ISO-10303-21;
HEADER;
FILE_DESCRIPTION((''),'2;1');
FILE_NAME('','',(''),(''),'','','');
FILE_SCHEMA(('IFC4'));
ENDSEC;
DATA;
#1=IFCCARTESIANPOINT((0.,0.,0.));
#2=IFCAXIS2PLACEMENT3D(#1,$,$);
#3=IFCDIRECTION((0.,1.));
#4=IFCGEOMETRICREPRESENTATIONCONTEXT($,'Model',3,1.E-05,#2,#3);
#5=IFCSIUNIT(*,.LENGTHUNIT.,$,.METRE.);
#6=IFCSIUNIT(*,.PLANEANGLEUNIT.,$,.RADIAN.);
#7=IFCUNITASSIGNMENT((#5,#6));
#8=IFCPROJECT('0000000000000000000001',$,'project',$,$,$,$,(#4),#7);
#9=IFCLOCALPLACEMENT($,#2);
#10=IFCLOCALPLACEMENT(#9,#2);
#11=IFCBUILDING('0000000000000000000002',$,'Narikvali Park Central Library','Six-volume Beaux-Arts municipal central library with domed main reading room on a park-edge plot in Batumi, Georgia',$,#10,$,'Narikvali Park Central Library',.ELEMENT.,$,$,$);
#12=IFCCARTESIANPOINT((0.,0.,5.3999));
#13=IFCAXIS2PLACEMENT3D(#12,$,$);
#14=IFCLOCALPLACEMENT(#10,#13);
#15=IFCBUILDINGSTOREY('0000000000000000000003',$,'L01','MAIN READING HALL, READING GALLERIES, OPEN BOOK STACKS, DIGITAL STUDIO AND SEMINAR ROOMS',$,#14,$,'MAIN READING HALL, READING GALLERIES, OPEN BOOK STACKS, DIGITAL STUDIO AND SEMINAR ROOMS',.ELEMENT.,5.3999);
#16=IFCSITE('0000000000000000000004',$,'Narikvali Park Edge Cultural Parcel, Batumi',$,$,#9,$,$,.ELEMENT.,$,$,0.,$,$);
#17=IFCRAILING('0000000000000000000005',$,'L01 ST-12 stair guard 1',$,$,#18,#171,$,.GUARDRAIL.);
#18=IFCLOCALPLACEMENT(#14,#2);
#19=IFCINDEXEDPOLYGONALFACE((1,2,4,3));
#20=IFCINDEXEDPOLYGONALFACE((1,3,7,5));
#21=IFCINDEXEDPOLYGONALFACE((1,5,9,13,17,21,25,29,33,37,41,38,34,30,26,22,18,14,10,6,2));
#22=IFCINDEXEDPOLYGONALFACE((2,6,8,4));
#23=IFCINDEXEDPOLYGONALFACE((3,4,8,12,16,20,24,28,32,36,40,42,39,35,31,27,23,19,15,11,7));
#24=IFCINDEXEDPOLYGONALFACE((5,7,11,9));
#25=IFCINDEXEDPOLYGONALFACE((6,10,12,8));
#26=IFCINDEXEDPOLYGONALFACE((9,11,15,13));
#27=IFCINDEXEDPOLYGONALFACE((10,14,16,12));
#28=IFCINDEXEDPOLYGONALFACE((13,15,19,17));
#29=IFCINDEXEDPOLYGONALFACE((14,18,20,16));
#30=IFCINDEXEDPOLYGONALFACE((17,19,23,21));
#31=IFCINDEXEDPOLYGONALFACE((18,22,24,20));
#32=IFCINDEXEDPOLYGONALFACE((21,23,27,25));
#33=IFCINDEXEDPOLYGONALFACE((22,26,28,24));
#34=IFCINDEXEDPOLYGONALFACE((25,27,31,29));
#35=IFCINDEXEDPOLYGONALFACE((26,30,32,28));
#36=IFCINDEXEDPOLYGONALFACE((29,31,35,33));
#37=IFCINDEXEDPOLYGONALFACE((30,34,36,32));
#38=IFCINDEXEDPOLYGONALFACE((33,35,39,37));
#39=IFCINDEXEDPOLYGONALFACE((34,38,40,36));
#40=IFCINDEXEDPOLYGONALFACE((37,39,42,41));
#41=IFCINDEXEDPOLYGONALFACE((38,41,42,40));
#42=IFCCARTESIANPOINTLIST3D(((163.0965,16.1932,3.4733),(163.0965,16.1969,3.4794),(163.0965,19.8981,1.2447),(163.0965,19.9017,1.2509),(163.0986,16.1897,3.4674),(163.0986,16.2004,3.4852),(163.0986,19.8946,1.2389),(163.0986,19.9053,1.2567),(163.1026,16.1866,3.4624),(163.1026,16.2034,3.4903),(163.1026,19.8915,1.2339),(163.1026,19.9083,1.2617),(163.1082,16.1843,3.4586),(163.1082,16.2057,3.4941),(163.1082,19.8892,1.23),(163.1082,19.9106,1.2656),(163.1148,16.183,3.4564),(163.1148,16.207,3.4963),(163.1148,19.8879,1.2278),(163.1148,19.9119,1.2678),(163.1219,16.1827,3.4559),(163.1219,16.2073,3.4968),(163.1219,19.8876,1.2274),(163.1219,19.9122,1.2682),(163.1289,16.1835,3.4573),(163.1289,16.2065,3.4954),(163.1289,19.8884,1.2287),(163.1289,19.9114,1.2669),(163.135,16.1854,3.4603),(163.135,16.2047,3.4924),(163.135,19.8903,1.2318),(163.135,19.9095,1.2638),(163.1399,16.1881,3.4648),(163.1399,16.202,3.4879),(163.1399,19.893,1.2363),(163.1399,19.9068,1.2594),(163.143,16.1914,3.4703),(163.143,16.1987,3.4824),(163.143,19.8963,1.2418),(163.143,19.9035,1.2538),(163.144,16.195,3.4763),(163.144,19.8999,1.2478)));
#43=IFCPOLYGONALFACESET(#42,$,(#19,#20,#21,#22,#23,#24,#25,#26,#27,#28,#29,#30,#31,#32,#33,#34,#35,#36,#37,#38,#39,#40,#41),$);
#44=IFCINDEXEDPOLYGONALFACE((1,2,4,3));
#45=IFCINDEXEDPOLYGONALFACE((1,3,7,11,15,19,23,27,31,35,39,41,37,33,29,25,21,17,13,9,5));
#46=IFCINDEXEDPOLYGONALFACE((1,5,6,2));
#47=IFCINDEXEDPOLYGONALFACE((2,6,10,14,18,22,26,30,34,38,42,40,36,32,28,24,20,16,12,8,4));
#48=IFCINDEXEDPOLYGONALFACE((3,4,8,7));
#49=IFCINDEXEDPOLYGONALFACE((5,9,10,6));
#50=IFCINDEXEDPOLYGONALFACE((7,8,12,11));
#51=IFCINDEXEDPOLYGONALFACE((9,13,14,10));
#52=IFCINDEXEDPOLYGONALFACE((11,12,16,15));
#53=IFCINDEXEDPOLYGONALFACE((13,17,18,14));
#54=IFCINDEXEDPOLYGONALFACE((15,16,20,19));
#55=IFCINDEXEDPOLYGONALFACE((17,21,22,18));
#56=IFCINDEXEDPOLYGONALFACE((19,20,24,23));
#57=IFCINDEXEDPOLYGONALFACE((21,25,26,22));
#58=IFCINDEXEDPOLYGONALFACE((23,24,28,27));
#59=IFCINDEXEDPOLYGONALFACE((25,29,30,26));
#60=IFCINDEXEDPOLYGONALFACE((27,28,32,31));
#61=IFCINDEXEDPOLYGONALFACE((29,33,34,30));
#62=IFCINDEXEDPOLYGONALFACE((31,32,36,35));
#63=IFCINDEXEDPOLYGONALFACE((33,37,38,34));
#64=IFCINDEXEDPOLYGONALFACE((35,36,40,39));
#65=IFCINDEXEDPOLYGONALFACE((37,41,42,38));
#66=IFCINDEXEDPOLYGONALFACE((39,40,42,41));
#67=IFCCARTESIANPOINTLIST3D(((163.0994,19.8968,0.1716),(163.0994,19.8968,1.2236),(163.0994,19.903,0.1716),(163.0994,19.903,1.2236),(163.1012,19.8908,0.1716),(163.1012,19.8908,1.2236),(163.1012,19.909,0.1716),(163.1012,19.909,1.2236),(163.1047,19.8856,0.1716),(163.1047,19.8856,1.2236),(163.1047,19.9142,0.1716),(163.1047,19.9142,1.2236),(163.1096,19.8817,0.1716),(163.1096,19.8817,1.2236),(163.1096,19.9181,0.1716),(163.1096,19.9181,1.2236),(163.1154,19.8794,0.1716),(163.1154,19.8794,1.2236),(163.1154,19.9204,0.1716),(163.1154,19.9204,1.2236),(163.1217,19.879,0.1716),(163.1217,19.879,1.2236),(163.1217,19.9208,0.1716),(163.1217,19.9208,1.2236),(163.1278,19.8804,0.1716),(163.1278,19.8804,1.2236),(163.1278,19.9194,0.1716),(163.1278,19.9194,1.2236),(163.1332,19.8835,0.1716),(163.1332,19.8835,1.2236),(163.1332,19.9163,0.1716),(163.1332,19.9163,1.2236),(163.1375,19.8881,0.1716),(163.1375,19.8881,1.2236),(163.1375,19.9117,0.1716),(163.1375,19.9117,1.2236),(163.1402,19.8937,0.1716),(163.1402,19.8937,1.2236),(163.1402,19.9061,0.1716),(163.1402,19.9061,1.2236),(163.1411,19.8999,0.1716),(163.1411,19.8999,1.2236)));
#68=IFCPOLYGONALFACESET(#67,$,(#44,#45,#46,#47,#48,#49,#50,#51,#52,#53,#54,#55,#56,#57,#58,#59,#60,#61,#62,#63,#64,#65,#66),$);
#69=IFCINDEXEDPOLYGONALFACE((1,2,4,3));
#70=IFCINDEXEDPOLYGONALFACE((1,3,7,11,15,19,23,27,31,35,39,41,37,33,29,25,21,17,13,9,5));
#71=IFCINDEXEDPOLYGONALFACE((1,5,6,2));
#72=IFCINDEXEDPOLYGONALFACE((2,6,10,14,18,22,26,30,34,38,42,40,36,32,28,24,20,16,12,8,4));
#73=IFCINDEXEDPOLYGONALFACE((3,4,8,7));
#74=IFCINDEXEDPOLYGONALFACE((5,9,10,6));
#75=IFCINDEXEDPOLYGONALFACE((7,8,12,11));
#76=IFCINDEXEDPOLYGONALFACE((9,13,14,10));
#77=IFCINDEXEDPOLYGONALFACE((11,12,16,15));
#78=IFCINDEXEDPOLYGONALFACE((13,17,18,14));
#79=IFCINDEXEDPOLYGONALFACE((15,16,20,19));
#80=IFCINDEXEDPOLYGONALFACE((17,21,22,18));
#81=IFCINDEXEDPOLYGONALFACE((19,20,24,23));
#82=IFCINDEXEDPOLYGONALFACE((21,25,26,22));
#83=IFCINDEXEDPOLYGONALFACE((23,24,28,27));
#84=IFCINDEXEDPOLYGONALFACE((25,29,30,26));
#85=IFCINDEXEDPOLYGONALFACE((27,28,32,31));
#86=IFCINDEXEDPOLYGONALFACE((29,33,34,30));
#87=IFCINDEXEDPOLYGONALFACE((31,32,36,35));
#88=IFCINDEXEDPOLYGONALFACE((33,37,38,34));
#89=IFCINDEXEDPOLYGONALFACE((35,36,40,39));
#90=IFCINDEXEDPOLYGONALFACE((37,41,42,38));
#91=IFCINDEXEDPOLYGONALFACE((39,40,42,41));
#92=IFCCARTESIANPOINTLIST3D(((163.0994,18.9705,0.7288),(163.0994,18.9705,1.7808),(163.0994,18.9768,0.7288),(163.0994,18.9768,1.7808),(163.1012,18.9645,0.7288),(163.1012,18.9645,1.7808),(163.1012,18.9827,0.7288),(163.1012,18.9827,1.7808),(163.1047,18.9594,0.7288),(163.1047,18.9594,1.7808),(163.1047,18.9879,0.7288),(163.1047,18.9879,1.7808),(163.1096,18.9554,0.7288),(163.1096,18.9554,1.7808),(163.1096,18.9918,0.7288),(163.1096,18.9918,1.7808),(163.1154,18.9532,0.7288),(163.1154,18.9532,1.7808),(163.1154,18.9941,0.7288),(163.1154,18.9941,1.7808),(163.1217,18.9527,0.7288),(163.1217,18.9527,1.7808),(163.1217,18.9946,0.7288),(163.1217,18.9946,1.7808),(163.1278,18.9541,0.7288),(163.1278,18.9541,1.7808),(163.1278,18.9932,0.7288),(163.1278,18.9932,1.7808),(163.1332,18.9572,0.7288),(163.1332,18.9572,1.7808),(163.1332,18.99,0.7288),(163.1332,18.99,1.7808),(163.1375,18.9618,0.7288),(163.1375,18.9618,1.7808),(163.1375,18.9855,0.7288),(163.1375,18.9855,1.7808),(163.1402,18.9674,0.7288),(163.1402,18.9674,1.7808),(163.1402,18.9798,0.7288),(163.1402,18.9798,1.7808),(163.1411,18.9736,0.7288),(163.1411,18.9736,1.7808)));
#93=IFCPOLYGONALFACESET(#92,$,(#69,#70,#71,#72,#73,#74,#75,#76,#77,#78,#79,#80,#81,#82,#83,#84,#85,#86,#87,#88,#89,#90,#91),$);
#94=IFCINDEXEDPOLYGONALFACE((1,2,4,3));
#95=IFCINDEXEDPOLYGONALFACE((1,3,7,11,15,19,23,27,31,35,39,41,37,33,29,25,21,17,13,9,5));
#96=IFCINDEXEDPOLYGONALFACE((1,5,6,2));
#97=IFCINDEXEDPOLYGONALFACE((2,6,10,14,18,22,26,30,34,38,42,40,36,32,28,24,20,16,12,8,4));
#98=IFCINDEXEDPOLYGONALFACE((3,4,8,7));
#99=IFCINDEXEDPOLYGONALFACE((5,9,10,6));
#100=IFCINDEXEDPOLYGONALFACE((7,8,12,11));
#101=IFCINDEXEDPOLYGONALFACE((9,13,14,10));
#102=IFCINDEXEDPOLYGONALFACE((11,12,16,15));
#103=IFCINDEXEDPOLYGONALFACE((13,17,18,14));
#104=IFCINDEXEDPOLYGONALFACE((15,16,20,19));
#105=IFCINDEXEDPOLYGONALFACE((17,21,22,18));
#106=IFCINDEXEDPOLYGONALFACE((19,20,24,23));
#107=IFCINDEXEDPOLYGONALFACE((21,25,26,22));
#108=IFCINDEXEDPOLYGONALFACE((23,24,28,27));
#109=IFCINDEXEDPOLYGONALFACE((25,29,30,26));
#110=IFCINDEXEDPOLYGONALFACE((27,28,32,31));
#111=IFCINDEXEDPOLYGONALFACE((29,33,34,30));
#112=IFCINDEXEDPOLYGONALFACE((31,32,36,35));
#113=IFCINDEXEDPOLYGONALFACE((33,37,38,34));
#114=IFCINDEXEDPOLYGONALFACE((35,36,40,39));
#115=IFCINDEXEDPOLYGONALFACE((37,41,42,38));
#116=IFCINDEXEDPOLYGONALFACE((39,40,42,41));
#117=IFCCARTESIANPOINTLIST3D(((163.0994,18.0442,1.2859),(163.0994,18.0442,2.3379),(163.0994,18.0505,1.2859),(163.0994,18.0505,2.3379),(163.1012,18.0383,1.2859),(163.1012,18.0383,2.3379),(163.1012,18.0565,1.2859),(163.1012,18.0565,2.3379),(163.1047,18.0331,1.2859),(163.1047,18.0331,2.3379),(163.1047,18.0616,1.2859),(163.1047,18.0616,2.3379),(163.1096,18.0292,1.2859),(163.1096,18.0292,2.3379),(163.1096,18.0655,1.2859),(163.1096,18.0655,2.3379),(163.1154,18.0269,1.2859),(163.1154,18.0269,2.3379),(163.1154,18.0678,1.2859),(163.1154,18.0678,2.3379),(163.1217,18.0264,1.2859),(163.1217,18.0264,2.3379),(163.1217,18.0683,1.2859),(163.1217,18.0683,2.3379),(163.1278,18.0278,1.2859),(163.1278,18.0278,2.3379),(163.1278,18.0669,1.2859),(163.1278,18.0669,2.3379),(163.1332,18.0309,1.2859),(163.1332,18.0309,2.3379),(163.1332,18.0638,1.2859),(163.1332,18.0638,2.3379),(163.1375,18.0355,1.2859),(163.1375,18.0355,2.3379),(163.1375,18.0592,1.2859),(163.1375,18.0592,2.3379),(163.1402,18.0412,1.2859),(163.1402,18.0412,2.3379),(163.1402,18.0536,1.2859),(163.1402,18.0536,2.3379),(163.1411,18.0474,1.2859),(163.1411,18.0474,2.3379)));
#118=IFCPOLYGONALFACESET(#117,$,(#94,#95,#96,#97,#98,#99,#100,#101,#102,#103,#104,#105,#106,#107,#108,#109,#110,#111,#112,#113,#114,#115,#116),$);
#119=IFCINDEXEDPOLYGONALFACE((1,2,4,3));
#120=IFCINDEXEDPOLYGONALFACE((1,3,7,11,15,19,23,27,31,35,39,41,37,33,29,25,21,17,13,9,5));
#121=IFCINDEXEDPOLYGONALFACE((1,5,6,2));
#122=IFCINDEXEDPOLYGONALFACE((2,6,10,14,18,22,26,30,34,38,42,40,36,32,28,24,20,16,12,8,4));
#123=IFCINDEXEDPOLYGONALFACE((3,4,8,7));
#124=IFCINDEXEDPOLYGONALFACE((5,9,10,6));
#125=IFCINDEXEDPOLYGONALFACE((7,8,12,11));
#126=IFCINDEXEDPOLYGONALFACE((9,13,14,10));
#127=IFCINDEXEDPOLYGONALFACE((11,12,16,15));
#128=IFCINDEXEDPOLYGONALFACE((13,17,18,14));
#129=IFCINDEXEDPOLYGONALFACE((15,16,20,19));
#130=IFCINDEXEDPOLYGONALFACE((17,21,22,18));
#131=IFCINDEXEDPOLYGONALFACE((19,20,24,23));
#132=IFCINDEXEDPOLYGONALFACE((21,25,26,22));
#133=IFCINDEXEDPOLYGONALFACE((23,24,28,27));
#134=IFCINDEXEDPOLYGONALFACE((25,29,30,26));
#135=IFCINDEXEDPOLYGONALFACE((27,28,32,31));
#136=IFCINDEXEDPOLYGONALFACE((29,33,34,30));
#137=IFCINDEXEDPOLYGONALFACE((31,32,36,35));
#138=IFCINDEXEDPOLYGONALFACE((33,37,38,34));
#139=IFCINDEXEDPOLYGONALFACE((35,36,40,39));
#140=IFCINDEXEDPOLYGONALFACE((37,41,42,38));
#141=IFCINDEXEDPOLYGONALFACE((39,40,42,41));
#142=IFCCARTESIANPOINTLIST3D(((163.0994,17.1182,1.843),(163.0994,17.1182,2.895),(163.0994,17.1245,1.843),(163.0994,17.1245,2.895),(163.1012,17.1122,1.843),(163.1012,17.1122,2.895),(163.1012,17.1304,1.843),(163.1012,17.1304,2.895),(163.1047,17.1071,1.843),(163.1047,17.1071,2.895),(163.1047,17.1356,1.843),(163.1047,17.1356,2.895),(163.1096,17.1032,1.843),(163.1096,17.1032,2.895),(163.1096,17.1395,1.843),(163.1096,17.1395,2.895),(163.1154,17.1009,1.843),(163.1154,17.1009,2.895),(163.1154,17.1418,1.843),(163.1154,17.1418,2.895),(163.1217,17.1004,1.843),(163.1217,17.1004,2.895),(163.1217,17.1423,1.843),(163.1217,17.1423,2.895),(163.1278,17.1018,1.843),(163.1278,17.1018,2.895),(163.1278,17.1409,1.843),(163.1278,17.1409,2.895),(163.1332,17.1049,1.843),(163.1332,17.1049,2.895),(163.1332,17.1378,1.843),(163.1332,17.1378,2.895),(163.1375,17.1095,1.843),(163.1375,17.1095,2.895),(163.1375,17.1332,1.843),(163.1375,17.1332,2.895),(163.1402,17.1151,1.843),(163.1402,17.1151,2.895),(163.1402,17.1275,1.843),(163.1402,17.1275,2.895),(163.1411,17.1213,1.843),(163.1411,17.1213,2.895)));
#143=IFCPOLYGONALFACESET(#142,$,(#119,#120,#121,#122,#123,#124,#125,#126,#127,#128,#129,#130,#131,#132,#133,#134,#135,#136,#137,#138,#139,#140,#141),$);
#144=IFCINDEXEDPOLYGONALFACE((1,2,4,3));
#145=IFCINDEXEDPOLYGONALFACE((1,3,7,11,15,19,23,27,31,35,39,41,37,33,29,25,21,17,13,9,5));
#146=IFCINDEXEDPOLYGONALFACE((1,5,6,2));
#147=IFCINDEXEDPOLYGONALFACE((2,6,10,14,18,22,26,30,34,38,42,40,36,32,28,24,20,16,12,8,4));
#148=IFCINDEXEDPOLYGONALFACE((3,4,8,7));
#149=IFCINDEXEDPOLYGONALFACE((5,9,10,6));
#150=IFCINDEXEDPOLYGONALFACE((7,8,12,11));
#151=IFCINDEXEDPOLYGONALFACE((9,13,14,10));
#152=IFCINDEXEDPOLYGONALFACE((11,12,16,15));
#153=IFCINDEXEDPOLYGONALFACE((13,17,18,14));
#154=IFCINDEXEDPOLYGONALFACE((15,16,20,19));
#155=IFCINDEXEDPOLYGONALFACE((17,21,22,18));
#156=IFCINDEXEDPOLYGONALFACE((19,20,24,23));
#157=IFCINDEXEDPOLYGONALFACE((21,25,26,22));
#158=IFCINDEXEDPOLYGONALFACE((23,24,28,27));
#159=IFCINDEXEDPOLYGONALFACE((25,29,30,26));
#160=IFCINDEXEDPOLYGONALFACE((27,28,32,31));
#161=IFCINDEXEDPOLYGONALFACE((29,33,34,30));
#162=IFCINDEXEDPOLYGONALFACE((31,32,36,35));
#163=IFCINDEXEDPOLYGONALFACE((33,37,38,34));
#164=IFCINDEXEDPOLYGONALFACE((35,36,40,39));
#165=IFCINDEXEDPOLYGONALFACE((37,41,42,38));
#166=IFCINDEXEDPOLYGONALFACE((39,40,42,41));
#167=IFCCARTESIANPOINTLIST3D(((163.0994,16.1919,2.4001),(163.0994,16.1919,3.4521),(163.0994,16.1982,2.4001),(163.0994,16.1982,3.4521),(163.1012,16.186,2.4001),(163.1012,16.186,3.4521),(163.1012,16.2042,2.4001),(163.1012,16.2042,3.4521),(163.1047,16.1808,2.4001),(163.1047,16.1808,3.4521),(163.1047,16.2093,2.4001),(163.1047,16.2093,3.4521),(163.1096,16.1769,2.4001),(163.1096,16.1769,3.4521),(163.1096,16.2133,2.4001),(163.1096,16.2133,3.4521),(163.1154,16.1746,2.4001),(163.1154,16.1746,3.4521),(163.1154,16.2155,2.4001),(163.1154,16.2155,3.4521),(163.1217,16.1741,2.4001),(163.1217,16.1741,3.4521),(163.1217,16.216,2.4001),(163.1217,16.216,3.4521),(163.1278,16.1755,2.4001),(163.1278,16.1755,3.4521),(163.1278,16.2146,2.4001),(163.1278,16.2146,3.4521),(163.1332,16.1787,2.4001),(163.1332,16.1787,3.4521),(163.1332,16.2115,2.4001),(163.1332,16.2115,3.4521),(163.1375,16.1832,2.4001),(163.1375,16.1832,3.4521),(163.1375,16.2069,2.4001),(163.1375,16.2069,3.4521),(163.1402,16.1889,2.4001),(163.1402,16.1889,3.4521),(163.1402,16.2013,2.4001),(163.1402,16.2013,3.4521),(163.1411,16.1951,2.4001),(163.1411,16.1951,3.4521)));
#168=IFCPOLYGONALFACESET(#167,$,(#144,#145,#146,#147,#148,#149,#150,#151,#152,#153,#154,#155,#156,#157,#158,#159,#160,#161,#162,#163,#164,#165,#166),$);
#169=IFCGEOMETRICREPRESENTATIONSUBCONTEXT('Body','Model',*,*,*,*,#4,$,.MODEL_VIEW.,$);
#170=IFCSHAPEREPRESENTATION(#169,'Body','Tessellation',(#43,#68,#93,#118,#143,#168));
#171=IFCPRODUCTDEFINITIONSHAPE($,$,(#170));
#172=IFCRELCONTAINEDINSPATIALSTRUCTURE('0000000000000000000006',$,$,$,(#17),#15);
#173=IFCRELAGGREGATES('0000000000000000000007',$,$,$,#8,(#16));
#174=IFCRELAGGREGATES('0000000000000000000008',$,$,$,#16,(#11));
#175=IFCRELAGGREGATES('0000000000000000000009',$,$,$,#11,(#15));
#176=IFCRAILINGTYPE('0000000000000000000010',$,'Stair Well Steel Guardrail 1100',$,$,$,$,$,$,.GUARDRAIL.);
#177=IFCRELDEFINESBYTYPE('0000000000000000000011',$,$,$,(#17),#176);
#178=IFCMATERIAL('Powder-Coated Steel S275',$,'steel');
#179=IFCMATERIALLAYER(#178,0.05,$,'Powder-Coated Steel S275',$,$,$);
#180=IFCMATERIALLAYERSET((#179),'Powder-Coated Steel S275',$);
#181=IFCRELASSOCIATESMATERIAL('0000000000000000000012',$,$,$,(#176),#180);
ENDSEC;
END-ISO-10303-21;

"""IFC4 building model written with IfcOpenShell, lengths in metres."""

from ifc_helpers import new_model, si_unit, direction, frame, origin, origin_2d, place, context, subcontext, project, spatial, circle, extrude, material, layer, layer_set, type_object, element, save


model = new_model("IFC4")

# Units and contexts
model_context = context("Model", 3, precision=1e-05, world=origin(), true_north=direction((0.0, 1.0)))
body_context = subcontext(model_context, "Body", "Model", "MODEL_VIEW")
ifc_project = project(units=[si_unit("LENGTHUNIT", "METRE"), si_unit("PLANEANGLEUNIT", "RADIAN")], contexts=[model_context])

# Site, building, storey
site_placement = place(None, origin())
site = spatial("IfcSite", under=ifc_project, at=site_placement, Name="Narikvali Park Edge Cultural Parcel, Batumi", CompositionType="ELEMENT", RefElevation=0.0)
building_placement = place(site_placement, origin())
building = spatial("IfcBuilding", under=site, at=building_placement, Name="Narikvali Park Central Library", Description="Six-volume Beaux-Arts municipal central library with domed main reading room on a park-edge plot in Batumi, Georgia", LongName="Narikvali Park Central Library", CompositionType="ELEMENT")
storey_placement = place(building_placement, frame((0.0, 0.0, 5.3999)))
storey = spatial("IfcBuildingStorey", under=building, at=storey_placement, Name="L01", Description="MAIN READING HALL, READING GALLERIES, OPEN BOOK STACKS, DIGITAL STUDIO AND SEMINAR ROOMS", LongName="MAIN READING HALL, READING GALLERIES, OPEN BOOK STACKS, DIGITAL STUDIO AND SEMINAR ROOMS", CompositionType="ELEMENT", Elevation=5.3999)

# Railing
ifc_material_1 = material(Name="Powder-Coated Steel S275", Category="steel")
ifc_layer_1 = layer(ifc_material_1, 0.05, Name="Powder-Coated Steel S275")
ifc_layer_set_1 = layer_set([ifc_layer_1], Name="Powder-Coated Steel S275")
railing_type_1 = type_object("IfcRailingType", Name="Stair Well Steel Guardrail 1100", PredefinedType="GUARDRAIL", material=ifc_layer_set_1)
railing_1_placement = place(storey_placement, frame((163.1201, 19.8999, 0.1716)))
element("IfcRailing", 1, at=railing_1_placement, inside=storey, type_object=railing_type_1, Name="L01 ST-12 stair guard 1", PredefinedType="GUARDRAIL", context=body_context, shape_type="SweptSolid", body=[
    extrude(circle(Radius=0.0239, at=origin_2d()), frame((0.0, 0.0, 1.0762), z_axis=(0.0, -0.856919, 0.51545), x_axis=(1.0, 0.0, 0.0)), (0.0, 0.0, 1.0), 4.3235),
    extrude(circle(Radius=0.021, at=origin_2d()), origin(), (0.0, 0.0, 1.0), 1.052),
    extrude(circle(Radius=0.021, at=origin_2d()), frame((0.0, -0.9263, 0.5571)), (0.0, 0.0, 1.0), 1.052),
    extrude(circle(Radius=0.021, at=origin_2d()), frame((0.0, -1.8525, 1.1143)), (0.0, 0.0, 1.0), 1.052),
    extrude(circle(Radius=0.021, at=origin_2d()), frame((0.0, -2.7786, 1.6714)), (0.0, 0.0, 1.0), 1.052),
    extrude(circle(Radius=0.021, at=origin_2d()), frame((0.0, -3.7048, 2.2285)), (0.0, 0.0, 1.0), 1.052),
])

save(model, "model.ifc")
